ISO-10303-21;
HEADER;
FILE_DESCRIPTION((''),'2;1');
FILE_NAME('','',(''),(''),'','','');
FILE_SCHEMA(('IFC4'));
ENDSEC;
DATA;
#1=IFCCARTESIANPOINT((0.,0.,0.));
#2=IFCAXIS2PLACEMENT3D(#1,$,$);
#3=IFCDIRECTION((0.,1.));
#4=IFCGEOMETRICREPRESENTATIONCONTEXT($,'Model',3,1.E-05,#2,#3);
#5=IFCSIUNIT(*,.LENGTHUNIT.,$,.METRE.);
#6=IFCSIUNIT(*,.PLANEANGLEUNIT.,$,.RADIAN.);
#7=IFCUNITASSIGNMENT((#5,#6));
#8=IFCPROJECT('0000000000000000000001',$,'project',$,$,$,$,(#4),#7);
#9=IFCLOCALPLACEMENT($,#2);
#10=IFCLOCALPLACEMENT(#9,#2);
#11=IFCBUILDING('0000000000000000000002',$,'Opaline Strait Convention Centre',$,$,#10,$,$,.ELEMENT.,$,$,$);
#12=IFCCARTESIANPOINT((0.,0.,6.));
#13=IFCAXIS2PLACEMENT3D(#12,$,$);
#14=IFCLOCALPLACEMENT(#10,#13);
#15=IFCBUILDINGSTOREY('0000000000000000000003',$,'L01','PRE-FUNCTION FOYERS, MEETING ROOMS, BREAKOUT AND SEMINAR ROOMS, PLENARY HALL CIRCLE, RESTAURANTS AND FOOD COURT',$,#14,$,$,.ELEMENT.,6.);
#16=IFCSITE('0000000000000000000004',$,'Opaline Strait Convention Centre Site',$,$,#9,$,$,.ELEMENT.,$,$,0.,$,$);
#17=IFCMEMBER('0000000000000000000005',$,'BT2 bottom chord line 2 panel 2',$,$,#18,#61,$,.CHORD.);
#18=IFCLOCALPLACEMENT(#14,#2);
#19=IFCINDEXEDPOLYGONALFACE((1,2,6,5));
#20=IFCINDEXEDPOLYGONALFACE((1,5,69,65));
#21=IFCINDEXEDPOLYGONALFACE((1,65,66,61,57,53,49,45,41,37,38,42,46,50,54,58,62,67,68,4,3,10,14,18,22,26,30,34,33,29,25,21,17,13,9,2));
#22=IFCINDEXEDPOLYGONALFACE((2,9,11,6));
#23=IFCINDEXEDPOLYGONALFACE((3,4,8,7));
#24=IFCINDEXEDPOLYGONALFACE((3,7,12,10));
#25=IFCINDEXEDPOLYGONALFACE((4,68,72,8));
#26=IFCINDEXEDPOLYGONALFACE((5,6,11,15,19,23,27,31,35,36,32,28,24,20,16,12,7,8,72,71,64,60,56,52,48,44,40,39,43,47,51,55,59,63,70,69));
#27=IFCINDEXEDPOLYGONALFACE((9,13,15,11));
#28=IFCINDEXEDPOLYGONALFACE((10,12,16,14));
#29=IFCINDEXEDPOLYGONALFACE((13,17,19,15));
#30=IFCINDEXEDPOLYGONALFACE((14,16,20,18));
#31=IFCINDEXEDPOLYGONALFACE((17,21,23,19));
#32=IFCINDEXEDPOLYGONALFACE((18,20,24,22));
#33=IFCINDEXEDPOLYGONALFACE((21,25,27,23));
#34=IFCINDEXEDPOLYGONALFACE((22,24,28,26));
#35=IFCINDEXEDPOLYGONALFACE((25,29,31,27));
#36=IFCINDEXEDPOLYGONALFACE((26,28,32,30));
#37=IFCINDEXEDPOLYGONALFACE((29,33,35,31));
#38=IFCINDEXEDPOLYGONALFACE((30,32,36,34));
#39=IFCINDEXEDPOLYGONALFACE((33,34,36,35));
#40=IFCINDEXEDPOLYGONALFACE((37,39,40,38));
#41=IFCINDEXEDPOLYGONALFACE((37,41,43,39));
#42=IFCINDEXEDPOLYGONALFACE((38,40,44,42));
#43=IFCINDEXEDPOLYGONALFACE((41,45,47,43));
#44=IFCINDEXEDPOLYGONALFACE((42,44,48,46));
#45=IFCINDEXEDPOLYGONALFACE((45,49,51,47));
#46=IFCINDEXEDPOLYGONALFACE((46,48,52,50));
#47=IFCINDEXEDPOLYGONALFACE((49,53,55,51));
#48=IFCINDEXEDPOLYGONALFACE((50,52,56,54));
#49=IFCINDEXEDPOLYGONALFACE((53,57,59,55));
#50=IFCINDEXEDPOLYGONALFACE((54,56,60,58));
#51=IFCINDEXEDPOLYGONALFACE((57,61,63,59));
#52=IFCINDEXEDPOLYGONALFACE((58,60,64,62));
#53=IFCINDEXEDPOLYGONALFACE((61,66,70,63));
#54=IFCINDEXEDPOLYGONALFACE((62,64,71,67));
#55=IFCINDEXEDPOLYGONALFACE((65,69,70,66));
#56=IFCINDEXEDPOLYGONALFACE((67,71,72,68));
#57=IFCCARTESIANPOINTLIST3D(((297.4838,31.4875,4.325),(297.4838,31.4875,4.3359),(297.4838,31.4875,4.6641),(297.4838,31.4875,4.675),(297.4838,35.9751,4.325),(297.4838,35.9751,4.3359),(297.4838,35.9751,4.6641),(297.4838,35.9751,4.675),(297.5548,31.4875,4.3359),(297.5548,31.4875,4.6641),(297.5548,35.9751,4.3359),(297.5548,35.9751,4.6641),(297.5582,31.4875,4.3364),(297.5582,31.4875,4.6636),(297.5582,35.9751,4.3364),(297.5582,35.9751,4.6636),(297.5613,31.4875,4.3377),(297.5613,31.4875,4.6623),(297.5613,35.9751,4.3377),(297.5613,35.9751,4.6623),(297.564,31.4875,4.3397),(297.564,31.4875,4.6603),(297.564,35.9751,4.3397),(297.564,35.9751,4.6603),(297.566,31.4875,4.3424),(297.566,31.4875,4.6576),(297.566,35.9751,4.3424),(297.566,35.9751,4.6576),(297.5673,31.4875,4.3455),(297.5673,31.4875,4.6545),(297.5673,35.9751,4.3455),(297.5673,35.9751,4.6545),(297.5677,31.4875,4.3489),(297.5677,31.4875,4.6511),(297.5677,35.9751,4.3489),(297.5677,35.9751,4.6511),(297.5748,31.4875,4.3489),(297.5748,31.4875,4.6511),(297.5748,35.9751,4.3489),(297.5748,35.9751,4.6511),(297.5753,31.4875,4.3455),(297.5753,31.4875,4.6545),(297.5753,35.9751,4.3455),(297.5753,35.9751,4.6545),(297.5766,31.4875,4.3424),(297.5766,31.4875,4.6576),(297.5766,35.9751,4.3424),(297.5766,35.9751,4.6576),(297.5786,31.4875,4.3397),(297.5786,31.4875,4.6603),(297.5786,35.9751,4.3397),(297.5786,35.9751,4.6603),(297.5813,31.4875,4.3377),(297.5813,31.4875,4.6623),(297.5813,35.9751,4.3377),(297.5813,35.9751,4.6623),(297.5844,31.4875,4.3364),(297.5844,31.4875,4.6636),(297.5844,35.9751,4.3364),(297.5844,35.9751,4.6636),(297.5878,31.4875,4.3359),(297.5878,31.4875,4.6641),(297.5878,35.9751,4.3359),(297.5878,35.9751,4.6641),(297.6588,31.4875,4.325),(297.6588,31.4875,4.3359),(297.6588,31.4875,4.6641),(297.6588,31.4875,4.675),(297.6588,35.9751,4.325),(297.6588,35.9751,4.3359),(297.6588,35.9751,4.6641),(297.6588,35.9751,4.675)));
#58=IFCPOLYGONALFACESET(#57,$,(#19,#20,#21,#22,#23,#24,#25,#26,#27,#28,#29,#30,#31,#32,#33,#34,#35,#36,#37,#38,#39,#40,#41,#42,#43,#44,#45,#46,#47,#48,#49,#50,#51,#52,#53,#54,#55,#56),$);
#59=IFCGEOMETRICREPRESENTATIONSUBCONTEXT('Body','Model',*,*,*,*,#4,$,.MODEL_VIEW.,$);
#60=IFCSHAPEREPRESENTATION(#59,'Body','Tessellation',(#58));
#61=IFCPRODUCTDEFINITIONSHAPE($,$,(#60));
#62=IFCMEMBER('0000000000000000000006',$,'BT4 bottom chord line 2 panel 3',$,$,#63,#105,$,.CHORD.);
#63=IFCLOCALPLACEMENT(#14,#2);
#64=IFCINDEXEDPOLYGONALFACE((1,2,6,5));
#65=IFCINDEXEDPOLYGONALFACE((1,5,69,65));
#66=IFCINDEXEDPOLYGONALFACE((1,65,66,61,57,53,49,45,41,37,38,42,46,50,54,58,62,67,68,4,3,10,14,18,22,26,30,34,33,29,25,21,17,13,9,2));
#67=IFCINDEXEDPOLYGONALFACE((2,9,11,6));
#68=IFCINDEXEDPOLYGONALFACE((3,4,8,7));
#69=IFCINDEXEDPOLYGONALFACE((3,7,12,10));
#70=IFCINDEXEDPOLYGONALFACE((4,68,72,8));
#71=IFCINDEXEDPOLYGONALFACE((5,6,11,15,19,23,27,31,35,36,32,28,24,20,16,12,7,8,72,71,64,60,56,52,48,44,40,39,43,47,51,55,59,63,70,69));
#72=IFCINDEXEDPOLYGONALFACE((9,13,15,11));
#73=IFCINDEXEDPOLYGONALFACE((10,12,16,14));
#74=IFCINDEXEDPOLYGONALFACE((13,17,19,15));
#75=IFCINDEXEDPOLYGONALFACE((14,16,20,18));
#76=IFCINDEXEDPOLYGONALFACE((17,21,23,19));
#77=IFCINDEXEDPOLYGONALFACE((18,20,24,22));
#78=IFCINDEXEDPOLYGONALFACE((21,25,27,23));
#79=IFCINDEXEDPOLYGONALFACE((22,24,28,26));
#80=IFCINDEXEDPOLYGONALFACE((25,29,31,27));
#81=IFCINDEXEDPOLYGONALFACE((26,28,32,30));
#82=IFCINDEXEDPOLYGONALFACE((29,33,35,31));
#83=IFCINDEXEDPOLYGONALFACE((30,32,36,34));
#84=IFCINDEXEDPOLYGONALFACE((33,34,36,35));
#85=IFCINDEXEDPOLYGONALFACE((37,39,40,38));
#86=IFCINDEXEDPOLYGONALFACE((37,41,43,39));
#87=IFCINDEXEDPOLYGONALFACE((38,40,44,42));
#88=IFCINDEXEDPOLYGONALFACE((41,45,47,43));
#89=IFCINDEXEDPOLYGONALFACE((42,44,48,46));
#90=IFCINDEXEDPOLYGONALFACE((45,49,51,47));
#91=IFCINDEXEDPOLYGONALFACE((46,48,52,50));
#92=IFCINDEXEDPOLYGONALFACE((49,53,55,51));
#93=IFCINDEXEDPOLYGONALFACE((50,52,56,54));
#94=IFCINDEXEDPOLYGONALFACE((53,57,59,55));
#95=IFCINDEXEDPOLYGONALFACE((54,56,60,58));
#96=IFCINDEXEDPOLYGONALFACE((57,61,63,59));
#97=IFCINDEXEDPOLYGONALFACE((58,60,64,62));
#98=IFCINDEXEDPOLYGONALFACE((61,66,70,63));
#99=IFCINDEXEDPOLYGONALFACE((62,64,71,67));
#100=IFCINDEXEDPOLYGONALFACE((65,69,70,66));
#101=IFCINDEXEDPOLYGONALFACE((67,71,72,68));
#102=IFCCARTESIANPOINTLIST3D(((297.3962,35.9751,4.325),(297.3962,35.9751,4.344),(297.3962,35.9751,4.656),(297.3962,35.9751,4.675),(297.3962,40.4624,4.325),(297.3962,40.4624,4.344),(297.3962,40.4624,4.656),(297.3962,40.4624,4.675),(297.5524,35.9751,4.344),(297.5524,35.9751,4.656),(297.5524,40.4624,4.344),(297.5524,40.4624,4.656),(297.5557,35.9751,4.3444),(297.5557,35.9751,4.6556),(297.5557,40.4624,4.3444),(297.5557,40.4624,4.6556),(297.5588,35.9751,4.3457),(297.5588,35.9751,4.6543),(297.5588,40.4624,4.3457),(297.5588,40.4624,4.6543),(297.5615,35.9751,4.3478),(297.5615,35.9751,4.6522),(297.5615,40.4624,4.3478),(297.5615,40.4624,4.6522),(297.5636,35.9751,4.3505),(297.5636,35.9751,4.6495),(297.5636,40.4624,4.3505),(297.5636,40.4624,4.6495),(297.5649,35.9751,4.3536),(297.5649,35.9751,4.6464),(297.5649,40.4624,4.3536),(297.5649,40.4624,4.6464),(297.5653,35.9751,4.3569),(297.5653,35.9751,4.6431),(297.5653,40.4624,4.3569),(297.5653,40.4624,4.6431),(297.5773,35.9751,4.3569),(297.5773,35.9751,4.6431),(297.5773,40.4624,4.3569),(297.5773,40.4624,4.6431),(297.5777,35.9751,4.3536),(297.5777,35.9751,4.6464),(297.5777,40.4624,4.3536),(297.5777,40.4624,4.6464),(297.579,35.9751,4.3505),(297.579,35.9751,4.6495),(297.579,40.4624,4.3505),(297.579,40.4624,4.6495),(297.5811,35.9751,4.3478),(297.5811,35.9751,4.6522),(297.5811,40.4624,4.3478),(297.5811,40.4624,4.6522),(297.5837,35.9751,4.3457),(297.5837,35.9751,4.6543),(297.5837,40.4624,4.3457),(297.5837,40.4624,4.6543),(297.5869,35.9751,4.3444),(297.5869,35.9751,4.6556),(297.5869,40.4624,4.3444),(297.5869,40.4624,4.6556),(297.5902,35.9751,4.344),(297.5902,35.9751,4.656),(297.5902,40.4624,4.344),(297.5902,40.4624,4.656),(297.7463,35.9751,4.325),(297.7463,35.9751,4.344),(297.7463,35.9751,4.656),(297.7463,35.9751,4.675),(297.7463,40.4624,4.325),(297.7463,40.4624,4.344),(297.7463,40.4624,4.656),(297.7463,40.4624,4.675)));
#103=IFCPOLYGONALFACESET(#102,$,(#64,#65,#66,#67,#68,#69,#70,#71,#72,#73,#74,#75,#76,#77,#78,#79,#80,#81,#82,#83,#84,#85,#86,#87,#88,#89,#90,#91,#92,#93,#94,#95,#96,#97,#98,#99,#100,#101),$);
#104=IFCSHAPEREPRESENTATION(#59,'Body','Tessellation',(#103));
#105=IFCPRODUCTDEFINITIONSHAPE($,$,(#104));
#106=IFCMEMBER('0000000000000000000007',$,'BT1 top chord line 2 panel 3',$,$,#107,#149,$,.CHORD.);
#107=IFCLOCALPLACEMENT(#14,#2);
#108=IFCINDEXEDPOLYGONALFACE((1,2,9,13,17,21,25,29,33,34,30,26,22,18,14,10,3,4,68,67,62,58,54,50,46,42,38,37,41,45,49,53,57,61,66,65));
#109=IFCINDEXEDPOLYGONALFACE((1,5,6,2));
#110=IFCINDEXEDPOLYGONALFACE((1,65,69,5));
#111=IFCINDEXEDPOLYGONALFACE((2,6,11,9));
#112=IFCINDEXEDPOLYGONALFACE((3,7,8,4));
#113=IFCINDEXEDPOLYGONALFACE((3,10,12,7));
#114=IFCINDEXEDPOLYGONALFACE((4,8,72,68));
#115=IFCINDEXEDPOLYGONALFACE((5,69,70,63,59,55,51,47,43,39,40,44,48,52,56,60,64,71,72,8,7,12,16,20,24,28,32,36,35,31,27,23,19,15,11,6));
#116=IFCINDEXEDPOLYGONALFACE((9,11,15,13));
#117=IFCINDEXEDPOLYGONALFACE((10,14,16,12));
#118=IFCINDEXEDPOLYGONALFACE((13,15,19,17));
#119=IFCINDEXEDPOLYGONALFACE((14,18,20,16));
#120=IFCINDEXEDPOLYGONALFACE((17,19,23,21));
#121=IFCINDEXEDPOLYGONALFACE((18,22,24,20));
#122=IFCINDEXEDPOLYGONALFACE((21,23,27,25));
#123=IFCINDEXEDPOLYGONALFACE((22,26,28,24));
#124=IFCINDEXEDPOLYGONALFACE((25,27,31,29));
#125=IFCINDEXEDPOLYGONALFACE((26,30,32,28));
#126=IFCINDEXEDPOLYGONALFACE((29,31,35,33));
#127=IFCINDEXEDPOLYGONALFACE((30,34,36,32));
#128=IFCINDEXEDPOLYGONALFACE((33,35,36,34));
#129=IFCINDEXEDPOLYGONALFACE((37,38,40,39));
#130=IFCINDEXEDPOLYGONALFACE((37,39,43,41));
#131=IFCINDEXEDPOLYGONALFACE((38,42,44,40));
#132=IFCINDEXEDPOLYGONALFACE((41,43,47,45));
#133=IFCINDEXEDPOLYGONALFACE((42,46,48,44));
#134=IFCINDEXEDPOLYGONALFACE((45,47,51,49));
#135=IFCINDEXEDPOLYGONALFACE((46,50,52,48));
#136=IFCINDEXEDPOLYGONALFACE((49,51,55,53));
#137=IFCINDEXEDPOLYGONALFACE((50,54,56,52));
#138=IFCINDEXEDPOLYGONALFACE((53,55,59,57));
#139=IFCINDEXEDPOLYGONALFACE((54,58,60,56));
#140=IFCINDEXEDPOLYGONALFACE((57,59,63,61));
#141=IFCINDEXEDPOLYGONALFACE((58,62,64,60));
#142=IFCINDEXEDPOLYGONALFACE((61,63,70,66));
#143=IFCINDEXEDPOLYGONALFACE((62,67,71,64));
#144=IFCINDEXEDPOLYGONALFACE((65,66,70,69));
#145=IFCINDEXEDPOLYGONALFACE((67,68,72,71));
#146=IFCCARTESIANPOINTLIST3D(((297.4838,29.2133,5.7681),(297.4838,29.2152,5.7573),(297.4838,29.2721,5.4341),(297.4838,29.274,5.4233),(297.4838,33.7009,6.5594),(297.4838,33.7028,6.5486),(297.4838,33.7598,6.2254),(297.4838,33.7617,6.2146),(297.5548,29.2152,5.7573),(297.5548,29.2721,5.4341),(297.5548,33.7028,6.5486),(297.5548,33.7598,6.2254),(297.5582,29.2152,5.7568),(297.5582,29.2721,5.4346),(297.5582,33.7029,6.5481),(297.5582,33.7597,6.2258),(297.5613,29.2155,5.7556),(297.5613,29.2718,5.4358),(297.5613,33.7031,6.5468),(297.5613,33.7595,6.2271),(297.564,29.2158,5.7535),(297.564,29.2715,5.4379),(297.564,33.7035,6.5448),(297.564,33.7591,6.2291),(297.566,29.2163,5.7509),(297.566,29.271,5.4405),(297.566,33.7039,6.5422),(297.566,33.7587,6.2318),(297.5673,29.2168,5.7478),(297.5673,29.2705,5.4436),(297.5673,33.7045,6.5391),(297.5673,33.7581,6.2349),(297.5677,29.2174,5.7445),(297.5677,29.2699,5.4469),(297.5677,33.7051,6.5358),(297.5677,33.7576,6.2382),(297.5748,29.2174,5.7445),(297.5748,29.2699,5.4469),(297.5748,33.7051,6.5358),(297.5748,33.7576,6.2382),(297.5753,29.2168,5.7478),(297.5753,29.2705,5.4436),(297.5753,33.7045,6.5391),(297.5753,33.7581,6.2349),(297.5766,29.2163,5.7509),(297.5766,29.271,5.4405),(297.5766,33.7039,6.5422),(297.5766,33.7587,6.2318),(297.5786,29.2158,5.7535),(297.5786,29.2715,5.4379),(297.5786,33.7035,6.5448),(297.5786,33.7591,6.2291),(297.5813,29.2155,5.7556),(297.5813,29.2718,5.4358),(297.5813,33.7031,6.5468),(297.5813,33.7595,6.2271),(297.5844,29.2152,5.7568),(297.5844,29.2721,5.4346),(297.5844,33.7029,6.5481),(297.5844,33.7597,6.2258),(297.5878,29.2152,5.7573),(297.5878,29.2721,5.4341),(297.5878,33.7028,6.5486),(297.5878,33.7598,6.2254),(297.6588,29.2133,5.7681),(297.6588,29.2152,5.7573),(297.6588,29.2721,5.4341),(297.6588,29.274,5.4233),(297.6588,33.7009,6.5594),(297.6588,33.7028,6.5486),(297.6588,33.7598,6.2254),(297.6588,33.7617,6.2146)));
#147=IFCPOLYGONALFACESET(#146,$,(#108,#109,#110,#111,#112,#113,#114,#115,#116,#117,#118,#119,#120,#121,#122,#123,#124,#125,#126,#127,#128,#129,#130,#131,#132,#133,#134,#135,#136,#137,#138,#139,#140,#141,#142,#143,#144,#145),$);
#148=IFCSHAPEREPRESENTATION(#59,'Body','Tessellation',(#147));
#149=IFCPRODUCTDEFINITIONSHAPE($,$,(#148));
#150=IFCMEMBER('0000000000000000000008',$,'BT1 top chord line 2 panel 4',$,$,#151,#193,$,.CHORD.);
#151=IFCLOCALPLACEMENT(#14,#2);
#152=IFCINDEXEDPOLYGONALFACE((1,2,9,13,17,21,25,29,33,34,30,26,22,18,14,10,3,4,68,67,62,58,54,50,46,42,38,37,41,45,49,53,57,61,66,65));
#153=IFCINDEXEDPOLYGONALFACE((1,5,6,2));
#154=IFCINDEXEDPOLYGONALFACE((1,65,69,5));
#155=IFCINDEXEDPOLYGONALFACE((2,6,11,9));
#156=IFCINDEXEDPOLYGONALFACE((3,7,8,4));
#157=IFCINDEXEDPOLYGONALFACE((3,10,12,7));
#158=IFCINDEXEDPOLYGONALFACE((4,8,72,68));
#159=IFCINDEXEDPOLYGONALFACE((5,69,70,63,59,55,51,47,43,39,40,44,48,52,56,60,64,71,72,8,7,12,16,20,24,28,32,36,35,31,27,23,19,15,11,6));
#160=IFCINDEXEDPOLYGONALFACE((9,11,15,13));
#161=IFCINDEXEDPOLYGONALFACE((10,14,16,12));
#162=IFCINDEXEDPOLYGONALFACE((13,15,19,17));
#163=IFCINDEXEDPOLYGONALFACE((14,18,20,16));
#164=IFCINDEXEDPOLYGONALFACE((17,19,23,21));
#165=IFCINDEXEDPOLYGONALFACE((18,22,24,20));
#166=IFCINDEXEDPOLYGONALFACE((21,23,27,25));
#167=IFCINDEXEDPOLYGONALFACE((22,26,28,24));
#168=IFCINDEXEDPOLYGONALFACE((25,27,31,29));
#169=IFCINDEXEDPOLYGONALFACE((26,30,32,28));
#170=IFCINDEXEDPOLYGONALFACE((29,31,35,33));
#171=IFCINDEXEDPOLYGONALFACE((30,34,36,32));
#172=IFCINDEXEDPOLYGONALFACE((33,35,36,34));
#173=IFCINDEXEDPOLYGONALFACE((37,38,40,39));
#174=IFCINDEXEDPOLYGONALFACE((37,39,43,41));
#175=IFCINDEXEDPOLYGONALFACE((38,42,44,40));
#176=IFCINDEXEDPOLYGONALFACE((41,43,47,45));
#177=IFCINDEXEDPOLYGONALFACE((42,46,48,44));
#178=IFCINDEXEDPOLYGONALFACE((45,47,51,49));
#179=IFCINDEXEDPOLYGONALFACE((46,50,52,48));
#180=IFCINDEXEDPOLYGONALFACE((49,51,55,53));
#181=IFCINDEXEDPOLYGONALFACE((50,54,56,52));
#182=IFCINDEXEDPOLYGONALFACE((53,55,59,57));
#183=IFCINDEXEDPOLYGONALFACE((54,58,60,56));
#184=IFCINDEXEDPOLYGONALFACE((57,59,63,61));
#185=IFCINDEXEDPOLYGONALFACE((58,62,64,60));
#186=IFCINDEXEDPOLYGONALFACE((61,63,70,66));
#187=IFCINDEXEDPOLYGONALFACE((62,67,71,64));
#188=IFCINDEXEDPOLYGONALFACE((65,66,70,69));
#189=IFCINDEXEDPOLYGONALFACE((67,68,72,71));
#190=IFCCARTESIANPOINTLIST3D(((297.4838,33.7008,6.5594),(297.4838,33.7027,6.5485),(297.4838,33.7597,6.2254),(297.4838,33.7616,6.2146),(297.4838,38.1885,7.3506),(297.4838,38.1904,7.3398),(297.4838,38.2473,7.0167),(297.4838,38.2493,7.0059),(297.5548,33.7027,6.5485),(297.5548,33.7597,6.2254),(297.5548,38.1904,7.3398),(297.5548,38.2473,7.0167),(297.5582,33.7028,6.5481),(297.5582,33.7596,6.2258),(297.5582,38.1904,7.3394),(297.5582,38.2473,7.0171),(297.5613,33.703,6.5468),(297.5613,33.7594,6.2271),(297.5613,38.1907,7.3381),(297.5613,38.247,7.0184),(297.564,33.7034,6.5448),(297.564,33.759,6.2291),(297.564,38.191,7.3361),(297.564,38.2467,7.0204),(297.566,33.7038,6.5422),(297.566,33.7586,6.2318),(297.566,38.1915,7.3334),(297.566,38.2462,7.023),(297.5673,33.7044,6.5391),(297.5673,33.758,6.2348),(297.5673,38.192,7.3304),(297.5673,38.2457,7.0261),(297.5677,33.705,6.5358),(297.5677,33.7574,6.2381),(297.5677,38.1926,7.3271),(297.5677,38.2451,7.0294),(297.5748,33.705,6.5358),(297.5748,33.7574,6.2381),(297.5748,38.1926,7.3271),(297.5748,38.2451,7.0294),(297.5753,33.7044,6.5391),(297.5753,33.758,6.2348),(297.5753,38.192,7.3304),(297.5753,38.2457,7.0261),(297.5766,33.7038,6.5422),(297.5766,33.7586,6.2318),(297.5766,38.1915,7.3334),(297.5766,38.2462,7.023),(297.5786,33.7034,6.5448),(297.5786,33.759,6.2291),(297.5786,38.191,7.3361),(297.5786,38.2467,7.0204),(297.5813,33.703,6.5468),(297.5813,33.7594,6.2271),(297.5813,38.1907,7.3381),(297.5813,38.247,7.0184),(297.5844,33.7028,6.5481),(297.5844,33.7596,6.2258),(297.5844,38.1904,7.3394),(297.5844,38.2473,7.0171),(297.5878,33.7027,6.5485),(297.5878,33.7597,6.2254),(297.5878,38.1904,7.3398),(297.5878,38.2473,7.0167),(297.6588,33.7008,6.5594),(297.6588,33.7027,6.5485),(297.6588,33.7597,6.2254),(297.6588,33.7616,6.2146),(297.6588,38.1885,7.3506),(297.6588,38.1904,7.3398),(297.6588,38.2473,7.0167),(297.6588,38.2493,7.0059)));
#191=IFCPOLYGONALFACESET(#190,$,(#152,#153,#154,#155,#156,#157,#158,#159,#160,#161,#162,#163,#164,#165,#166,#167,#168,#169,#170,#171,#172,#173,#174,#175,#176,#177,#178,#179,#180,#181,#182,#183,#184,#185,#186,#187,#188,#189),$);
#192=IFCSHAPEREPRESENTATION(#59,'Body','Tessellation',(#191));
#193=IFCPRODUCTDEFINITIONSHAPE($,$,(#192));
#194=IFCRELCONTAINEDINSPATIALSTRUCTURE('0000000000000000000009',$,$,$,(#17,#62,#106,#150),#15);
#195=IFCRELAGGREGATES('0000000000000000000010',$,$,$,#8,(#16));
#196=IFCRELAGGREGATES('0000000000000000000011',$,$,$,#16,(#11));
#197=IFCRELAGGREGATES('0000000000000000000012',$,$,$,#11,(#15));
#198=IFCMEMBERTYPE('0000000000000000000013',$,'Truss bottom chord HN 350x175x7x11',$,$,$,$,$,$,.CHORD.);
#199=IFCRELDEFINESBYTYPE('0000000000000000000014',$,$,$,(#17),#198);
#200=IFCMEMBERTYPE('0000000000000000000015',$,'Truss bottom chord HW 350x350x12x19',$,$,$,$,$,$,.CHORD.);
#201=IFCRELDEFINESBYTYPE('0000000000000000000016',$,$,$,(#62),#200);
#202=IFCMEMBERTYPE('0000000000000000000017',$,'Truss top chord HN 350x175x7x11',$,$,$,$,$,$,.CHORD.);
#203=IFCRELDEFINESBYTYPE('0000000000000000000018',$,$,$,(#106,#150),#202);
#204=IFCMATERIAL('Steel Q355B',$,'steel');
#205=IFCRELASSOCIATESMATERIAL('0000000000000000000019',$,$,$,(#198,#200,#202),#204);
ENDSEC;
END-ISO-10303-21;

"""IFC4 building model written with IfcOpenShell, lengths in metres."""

from ifc_helpers import new_model, si_unit, direction, frame, origin, origin_2d, place, context, subcontext, project, spatial, i_section, extrude, material, material_profile, profile_set, type_object, element, save


model = new_model("IFC4")

# Units and contexts
model_context = context("Model", 3, precision=1e-05, world=origin(), true_north=direction((0.0, 1.0)))
body_context = subcontext(model_context, "Body", "Model", "MODEL_VIEW")
ifc_project = project(units=[si_unit("LENGTHUNIT", "METRE"), si_unit("PLANEANGLEUNIT", "RADIAN")], contexts=[model_context])

# Site, building, storey
site_placement = place(None, origin())
site = spatial("IfcSite", under=ifc_project, at=site_placement, Name="Opaline Strait Convention Centre Site", CompositionType="ELEMENT", RefElevation=0.0)
building_placement = place(site_placement, origin())
building = spatial("IfcBuilding", under=site, at=building_placement, Name="Opaline Strait Convention Centre", CompositionType="ELEMENT")
storey_placement = place(building_placement, frame((0.0, 0.0, 6.0)))
storey = spatial("IfcBuildingStorey", under=building, at=storey_placement, Name="L01", Description="PRE-FUNCTION FOYERS, MEETING ROOMS, BREAKOUT AND SEMINAR ROOMS, PLENARY HALL CIRCLE, RESTAURANTS AND FOOD COURT", CompositionType="ELEMENT", Elevation=6.0)

# Members
ifc_material_1 = material(Name="Steel Q355B", Category="steel")
ifc_material_profile_1 = material_profile(ifc_material_1, i_section(OverallWidth=0.175, OverallDepth=0.3501, WebThickness=0.0071, FlangeThickness=0.011, FilletRadius=0.0129, at=origin_2d()), Name="HN 350x175x7x11")
ifc_profile_set_1 = profile_set([ifc_material_profile_1], Name="Steel Q355B")
member_type_1 = type_object("IfcMemberType", Name="Truss bottom chord HN 350x175x7x11", PredefinedType="CHORD", material=ifc_profile_set_1)
member_1_placement = place(storey_placement, frame((297.5713, 31.4875, 4.5), z_axis=(0.0, 1.0, 0.0), x_axis=(-1.0, 0.0, 0.0)))
element("IfcMember", 1, at=member_1_placement, inside=storey, type_object=member_type_1, Name="BT2 bottom chord line 2 panel 2", PredefinedType="CHORD", context=body_context, shape_type="SweptSolid", body=[
    extrude(i_section(OverallWidth=0.175, OverallDepth=0.3501, WebThickness=0.0071, FlangeThickness=0.011, FilletRadius=0.0129, at=origin_2d()), origin(), (0.0, 0.0, 1.0), 4.4875),
])
ifc_material_profile_2 = material_profile(ifc_material_1, i_section(OverallWidth=0.3501, OverallDepth=0.3501, WebThickness=0.012, FlangeThickness=0.019, FilletRadius=0.0129, at=origin_2d()), Name="HW 350x350x12x19")
ifc_profile_set_2 = profile_set([ifc_material_profile_2], Name="Steel Q355B")
member_type_2 = type_object("IfcMemberType", Name="Truss bottom chord HW 350x350x12x19", PredefinedType="CHORD", material=ifc_profile_set_2)
member_2_placement = place(storey_placement, frame((297.5713, 35.9751, 4.5), z_axis=(0.0, 1.0, 0.0), x_axis=(-1.0, 0.0, 0.0)))
element("IfcMember", 2, at=member_2_placement, inside=storey, type_object=member_type_2, Name="BT4 bottom chord line 2 panel 3", PredefinedType="CHORD", context=body_context, shape_type="SweptSolid", body=[
    extrude(i_section(OverallWidth=0.3501, OverallDepth=0.3501, WebThickness=0.012, FlangeThickness=0.019, FilletRadius=0.0129, at=origin_2d()), origin(), (0.0, 0.0, 1.0), 4.4873),
])
ifc_material_profile_3 = material_profile(ifc_material_1, i_section(OverallWidth=0.175, OverallDepth=0.3501, WebThickness=0.0071, FlangeThickness=0.011, FilletRadius=0.0129, at=origin_2d()), Name="HN 350x175x7x11")
ifc_profile_set_3 = profile_set([ifc_material_profile_3], Name="Steel Q355B")
member_type_3 = type_object("IfcMemberType", Name="Truss top chord HN 350x175x7x11", PredefinedType="CHORD", material=ifc_profile_set_3)
for number, where, z_axis, x_axis, name in (
    (3, (297.5713, 29.2437, 5.5957), (0.0, 0.984808, 0.173645), (-1.0, 0.0, 0.0), "BT1 top chord line 2 panel 3"),
    (4, (297.5713, 33.7312, 6.387), (0.0, 0.984808, 0.173645), (-1.0, 0.0, 0.0), "BT1 top chord line 2 panel 4"),
):
    element("IfcMember", number, at=place(storey_placement, frame(where, z_axis=z_axis, x_axis=x_axis)), inside=storey, type_object=member_type_3, Name=name, PredefinedType="CHORD", context=body_context, shape_type="SweptSolid", body=[
        extrude(i_section(OverallWidth=0.175, OverallDepth=0.3501, WebThickness=0.0071, FlangeThickness=0.011, FilletRadius=0.0129, at=origin_2d()), origin(), (0.0, 0.0, 1.0), 4.5569),
    ])

save(model, "model.ifc")
